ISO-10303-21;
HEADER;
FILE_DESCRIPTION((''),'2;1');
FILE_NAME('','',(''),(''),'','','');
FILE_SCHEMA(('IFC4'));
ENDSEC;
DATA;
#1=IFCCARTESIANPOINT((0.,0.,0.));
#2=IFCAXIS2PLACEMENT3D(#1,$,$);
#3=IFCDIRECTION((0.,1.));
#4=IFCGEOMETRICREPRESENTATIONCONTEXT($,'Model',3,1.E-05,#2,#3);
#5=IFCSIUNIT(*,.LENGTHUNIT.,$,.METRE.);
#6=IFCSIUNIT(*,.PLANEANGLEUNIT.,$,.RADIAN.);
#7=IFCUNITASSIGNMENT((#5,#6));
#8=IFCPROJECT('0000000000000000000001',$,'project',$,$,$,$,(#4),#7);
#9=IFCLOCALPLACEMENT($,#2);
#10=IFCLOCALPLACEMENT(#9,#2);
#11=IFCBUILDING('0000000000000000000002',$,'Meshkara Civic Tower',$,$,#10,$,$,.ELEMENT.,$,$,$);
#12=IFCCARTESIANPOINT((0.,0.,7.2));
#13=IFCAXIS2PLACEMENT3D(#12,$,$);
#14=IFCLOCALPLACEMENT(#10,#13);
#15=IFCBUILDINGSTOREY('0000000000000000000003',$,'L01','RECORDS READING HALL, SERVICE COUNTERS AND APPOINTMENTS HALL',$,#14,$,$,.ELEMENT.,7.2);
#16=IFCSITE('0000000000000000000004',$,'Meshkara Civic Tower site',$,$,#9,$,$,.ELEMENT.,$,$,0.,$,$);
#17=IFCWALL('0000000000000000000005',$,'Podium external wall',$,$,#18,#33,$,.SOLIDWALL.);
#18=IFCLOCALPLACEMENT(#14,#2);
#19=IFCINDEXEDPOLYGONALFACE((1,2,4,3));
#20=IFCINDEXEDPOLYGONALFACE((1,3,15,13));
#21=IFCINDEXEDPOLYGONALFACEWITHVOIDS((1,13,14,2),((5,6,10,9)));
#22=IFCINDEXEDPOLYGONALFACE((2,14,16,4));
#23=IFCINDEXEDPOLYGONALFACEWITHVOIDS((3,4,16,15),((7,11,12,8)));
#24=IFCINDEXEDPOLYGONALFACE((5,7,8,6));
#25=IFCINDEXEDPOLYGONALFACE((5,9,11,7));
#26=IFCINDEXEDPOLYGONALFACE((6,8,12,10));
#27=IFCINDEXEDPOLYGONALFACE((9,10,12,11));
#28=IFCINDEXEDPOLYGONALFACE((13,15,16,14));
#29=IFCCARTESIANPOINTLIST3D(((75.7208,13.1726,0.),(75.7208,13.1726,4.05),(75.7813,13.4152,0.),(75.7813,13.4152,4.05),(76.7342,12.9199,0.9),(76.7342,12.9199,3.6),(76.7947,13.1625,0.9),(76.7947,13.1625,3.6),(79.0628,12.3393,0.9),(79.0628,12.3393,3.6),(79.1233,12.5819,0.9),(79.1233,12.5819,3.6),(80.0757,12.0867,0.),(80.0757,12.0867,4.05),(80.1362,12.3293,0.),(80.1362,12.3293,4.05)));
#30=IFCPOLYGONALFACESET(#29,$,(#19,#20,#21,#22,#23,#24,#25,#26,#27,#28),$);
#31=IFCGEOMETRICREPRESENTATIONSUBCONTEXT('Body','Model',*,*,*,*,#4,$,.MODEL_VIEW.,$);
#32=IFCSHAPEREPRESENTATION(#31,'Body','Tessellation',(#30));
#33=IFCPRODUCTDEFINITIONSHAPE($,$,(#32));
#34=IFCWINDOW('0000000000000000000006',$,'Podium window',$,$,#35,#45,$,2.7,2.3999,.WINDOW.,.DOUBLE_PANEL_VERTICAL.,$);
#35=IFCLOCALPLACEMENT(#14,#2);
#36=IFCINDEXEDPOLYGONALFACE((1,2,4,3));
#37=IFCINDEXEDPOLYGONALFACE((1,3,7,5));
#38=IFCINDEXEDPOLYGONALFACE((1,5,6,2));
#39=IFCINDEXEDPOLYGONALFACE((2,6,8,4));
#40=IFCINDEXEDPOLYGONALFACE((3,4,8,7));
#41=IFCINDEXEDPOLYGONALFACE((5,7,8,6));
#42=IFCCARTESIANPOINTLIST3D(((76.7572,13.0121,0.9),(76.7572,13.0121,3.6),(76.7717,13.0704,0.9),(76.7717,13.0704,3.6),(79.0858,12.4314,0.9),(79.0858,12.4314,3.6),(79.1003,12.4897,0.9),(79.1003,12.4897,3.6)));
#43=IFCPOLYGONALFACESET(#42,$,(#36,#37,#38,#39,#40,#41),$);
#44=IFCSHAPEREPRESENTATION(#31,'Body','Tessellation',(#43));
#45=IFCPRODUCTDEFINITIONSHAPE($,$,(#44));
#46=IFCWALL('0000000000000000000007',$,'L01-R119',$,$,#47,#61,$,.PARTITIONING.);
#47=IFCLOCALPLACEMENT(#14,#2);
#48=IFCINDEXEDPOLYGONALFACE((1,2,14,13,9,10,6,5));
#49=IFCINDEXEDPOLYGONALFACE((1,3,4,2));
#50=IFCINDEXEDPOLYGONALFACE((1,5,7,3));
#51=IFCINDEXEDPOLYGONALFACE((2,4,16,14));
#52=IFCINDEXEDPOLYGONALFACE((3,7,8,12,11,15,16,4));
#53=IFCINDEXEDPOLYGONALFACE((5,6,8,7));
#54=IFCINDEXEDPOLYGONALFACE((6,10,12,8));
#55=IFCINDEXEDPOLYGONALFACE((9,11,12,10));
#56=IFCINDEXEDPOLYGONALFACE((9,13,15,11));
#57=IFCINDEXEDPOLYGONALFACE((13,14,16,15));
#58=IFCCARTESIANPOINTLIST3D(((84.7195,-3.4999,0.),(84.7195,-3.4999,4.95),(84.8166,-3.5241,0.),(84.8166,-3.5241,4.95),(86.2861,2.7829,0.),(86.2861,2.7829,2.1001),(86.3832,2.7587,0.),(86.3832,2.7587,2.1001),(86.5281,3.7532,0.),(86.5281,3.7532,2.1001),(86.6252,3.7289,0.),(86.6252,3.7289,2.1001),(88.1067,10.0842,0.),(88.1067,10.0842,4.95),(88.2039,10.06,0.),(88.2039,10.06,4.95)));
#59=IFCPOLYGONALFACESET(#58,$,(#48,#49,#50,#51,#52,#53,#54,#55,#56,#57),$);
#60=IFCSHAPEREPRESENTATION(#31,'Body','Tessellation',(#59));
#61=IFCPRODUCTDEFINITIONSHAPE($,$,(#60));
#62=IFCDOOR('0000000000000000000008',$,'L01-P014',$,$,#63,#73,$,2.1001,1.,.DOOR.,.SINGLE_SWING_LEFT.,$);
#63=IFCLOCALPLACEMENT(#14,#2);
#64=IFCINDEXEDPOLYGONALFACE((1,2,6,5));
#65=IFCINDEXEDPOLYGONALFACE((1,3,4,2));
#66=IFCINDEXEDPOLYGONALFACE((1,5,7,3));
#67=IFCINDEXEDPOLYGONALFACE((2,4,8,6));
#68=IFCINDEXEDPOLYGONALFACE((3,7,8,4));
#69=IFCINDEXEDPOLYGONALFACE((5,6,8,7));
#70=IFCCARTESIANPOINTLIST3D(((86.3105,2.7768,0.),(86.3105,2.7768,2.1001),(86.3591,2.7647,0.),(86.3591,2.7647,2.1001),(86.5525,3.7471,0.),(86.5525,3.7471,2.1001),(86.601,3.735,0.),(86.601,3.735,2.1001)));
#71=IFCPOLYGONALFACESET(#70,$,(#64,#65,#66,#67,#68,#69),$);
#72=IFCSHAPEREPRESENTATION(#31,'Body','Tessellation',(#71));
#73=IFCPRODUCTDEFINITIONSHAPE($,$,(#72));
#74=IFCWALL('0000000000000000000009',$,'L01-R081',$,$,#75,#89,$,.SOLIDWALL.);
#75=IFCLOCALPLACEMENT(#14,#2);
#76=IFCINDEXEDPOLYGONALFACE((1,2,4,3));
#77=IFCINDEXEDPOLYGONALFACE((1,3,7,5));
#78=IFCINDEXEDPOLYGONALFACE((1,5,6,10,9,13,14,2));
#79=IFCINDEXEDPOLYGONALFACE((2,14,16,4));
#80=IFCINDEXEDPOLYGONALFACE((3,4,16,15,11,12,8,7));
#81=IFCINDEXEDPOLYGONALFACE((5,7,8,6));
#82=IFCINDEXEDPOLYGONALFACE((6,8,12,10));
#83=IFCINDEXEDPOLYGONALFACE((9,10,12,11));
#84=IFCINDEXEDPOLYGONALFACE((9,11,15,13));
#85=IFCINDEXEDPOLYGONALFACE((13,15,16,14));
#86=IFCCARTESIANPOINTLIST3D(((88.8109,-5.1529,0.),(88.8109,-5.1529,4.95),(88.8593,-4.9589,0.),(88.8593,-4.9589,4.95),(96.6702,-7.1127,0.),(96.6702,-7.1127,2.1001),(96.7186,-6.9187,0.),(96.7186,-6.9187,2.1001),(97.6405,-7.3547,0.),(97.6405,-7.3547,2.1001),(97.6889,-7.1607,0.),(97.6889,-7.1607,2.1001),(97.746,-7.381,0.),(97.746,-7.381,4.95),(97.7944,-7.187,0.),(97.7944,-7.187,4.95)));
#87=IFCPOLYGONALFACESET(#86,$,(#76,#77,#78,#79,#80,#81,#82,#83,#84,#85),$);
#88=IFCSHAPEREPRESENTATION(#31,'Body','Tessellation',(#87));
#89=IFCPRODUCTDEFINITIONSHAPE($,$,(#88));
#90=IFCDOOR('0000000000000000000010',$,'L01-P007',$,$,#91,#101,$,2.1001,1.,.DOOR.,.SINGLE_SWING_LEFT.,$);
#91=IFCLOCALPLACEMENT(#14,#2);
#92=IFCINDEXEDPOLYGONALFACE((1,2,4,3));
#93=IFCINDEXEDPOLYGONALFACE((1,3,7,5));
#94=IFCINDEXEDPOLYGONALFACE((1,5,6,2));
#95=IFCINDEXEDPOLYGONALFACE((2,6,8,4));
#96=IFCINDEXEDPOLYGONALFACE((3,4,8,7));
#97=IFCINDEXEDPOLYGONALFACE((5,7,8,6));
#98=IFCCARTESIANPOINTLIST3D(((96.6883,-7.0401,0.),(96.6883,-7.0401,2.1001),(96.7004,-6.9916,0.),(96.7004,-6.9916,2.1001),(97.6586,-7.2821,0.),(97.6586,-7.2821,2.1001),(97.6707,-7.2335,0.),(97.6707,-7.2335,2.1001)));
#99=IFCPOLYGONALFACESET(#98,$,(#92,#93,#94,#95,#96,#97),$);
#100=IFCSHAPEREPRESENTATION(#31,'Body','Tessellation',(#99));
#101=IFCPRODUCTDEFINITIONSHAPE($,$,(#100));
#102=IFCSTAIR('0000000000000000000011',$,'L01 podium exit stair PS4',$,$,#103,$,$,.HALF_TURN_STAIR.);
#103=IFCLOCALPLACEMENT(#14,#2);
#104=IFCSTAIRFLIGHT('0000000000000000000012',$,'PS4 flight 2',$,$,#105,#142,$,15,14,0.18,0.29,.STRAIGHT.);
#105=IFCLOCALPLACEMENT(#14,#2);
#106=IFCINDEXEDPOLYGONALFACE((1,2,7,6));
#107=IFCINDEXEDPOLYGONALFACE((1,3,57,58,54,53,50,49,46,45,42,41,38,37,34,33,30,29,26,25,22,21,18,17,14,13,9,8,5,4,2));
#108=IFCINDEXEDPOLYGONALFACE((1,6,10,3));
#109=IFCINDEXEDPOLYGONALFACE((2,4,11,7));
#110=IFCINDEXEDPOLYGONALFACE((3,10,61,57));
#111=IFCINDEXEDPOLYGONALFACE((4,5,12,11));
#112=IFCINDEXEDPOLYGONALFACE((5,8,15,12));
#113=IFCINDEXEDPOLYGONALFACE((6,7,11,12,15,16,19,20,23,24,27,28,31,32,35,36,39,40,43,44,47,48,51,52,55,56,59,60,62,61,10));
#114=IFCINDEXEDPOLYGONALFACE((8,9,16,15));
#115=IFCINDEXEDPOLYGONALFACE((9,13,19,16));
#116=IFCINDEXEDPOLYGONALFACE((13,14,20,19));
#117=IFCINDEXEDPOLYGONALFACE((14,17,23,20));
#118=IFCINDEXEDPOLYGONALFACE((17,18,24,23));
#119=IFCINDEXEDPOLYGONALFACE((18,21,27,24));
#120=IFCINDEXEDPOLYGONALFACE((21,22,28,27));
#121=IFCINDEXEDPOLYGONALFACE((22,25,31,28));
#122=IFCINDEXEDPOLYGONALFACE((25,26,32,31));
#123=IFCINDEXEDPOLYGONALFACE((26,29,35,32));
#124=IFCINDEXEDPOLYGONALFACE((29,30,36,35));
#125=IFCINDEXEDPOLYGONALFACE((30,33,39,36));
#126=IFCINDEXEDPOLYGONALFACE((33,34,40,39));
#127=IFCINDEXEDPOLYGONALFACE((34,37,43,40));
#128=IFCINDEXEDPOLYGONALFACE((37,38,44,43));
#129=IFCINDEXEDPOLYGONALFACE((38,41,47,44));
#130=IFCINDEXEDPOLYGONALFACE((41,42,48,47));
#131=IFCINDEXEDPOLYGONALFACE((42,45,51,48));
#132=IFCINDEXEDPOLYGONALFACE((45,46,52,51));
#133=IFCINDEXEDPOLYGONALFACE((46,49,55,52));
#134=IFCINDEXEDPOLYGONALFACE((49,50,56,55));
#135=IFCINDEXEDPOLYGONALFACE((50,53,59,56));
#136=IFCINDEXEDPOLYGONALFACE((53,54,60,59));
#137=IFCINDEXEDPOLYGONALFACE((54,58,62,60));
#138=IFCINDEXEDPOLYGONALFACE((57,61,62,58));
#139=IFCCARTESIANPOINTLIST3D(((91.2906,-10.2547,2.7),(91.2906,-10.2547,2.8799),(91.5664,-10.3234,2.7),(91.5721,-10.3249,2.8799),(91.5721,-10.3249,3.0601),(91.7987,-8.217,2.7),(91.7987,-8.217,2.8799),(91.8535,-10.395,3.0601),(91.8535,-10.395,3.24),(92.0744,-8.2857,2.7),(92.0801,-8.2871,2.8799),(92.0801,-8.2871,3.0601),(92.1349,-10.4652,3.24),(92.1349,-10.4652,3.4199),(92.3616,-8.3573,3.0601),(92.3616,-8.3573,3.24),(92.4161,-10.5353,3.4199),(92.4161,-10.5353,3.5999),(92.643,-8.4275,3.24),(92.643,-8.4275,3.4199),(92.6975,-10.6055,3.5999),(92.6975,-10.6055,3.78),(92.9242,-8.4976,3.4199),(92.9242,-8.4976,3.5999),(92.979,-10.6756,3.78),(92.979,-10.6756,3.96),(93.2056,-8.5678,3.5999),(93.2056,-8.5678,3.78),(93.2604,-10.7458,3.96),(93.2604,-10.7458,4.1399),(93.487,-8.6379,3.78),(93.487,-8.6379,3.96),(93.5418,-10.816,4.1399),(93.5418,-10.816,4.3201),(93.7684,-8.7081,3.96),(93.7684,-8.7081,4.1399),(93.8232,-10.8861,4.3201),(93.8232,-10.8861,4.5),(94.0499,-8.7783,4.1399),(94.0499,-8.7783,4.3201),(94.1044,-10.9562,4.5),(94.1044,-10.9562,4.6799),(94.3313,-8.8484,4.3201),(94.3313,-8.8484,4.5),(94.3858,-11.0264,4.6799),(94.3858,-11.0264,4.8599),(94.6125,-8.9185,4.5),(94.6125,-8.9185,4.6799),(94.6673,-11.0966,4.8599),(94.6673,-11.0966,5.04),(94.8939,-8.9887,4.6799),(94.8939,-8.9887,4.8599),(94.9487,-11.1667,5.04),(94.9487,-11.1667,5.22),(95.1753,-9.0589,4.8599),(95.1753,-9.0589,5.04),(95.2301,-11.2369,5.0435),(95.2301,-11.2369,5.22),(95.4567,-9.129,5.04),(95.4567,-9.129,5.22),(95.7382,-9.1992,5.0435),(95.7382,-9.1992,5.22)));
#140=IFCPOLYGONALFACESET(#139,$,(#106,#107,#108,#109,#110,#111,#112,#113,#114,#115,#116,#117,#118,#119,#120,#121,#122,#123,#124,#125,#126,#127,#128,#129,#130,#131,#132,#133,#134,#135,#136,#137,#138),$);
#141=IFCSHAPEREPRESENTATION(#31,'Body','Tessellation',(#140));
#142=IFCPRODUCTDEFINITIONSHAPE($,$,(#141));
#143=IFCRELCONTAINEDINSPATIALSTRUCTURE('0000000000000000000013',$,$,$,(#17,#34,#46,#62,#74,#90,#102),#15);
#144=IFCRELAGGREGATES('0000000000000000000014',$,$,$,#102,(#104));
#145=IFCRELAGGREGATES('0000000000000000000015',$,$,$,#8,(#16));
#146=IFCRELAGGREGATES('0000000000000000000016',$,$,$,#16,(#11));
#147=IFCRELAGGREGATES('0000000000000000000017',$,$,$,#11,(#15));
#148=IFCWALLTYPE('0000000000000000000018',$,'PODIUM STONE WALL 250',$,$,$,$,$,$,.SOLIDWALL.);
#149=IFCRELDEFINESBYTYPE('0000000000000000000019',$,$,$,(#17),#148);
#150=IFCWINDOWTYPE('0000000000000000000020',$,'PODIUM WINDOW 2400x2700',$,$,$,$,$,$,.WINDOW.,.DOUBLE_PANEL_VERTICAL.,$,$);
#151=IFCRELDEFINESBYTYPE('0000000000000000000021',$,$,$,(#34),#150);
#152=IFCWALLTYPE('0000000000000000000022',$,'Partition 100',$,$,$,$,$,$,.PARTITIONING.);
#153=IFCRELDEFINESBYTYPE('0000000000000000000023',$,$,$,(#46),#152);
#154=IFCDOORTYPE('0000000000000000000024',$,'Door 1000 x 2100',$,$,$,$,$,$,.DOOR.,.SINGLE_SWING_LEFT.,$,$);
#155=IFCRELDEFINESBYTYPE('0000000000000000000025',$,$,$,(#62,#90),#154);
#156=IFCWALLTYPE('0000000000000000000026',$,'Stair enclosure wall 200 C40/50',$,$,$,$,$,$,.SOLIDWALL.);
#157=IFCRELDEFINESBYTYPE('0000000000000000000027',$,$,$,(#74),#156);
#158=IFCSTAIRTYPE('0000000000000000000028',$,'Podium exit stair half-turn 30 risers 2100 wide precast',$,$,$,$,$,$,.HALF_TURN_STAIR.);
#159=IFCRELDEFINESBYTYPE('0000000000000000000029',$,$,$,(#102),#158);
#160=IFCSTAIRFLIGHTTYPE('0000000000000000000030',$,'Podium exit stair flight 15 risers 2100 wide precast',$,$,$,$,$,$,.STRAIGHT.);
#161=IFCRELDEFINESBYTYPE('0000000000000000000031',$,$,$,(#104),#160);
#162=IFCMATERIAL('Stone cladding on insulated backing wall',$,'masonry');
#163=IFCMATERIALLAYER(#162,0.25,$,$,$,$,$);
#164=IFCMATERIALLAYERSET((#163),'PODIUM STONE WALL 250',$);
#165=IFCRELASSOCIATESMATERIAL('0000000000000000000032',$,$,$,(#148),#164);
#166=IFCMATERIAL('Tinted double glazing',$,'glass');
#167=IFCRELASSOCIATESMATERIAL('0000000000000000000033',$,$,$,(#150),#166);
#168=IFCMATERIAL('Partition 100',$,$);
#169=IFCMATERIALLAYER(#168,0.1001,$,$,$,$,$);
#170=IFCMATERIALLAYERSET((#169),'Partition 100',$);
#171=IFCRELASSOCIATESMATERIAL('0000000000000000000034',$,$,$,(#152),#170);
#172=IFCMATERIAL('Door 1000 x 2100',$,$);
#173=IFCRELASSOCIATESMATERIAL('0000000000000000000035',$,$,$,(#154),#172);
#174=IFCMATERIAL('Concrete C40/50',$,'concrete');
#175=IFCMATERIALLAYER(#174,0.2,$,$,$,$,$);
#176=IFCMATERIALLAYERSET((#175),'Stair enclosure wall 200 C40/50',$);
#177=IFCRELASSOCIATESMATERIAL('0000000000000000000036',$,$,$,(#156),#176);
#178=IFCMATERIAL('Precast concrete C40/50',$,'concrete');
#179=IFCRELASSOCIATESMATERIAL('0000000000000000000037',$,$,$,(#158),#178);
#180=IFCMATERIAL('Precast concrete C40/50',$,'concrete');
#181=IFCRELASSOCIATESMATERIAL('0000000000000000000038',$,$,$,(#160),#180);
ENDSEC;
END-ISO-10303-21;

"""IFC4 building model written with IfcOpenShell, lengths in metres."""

from ifc_helpers import new_model, si_unit, direction, frame, frame_2d, origin, place, context, subcontext, project, spatial, polyline, rectangle, outline, extrude, material, layer, layer_set, type_object, element, fill, aggregate, save


model = new_model("IFC4")

# Units and contexts
model_context = context("Model", 3, precision=1e-05, world=origin(), true_north=direction((0.0, 1.0)))
body_context = subcontext(model_context, "Body", "Model", "MODEL_VIEW")
ifc_project = project(units=[si_unit("LENGTHUNIT", "METRE"), si_unit("PLANEANGLEUNIT", "RADIAN")], contexts=[model_context])

# Site, building, storey
site_placement = place(None, origin())
site = spatial("IfcSite", under=ifc_project, at=site_placement, Name="Meshkara Civic Tower site", CompositionType="ELEMENT", RefElevation=0.0)
building_placement = place(site_placement, origin())
building = spatial("IfcBuilding", under=site, at=building_placement, Name="Meshkara Civic Tower", CompositionType="ELEMENT")
storey_placement = place(building_placement, frame((0.0, 0.0, 7.2)))
storey = spatial("IfcBuildingStorey", under=building, at=storey_placement, Name="L01", Description="RECORDS READING HALL, SERVICE COUNTERS AND APPOINTMENTS HALL", CompositionType="ELEMENT", Elevation=7.2)

# Wall, opening, window
ifc_material_1 = material(Name="Stone cladding on insulated backing wall", Category="masonry")
ifc_layer_1 = layer(ifc_material_1, 0.25)
ifc_layer_set_1 = layer_set([ifc_layer_1], Name="PODIUM STONE WALL 250")
wall_type_1 = type_object("IfcWallType", Name="PODIUM STONE WALL 250", PredefinedType="SOLIDWALL", material=ifc_layer_set_1)
ifc_material_2 = material(Name="Tinted double glazing", Category="glass")
window_type = type_object("IfcWindowType", Name="PODIUM WINDOW 2400x2700", PartitioningType="DOUBLE_PANEL_VERTICAL", PredefinedType="WINDOW", material=ifc_material_2)
wall_1_placement = place(storey_placement, frame((80.106, 12.208, 0.0), z_axis=(0.0, 0.0, 1.0), x_axis=(-0.97029, 0.241947, 0.0)))
wall_1 = element("IfcWall", 1, at=wall_1_placement, inside=storey, type_object=wall_type_1, Name="Podium external wall", PredefinedType="SOLIDWALL", context=body_context, shape_type="SweptSolid", body=[
    extrude(rectangle(XDim=4.4883, YDim=0.25, at=frame_2d((2.2441, 0.0))), origin(), (0.0, 0.0, 1.0), 4.05),
])
opening_1_placement = place(wall_1_placement, frame((1.0439, 0.0, 0.8999)))
opening_1 = element("IfcOpeningElement", 2, at=opening_1_placement, cuts=wall_1, PredefinedType="OPENING", context=body_context, shape_type="SweptSolid", body=[
    extrude(rectangle(XDim=2.3999, YDim=2.7, at=frame_2d((1.2, 1.3501))), frame((0.0, 0.135, 0.0), z_axis=(0.0, -1.0, 0.0), x_axis=(1.0, 0.0, 0.0)), (0.0, 0.0, 1.0), 0.27),
])
window_1_placement = place(opening_1_placement, origin())
window_1 = element("IfcWindow", 3, at=window_1_placement, inside=storey, type_object=window_type, Name="Podium window", OverallHeight=2.7, OverallWidth=2.3999, PartitioningType="DOUBLE_PANEL_VERTICAL", PredefinedType="WINDOW", context=body_context, shape_type="SweptSolid", body=[
    extrude(rectangle(XDim=2.3999, YDim=2.7, at=frame_2d((1.2, 1.3501))), frame((0.0, 0.03, 0.0), z_axis=(0.0, -1.0, 0.0), x_axis=(1.0, 0.0, 0.0)), (0.0, 0.0, 1.0), 0.0601),
])
fill(opening_1, window_1)

# Walls, openings, doors
ifc_material_3 = material(Name="Partition 100")
ifc_layer_2 = layer(ifc_material_3, 0.1001)
ifc_layer_set_2 = layer_set([ifc_layer_2], Name="Partition 100")
wall_type_2 = type_object("IfcWallType", Name="Partition 100", PredefinedType="PARTITIONING", material=ifc_layer_set_2)
wall_2_placement = place(storey_placement, frame((84.7681, -3.512, 0.0), z_axis=(0.0, 0.0, 1.0), x_axis=(0.241945, 0.97029, 0.0)))
wall_2 = element("IfcWall", 4, at=wall_2_placement, inside=storey, type_object=wall_type_2, Name="L01-R119", PredefinedType="PARTITIONING", context=body_context, shape_type="SweptSolid", body=[
    extrude(rectangle(XDim=14.0, YDim=0.1001, at=frame_2d((7.0, 0.0))), origin(), (0.0, 0.0, 1.0), 4.95),
])
opening_2_placement = place(wall_2_placement, frame((6.4751, 0.0, 0.0)))
opening_2 = element("IfcOpeningElement", 5, at=opening_2_placement, cuts=wall_2, PredefinedType="OPENING", context=body_context, shape_type="SweptSolid", body=[
    extrude(rectangle(XDim=1.0, YDim=2.1001, at=frame_2d((0.5, 1.05))), frame((0.0, 0.0601, 0.0), z_axis=(0.0, -1.0, 0.0), x_axis=(1.0, 0.0, 0.0)), (0.0, 0.0, 1.0), 0.1201),
])
ifc_material_4 = material(Name="Door 1000 x 2100")
door_type = type_object("IfcDoorType", Name="Door 1000 x 2100", OperationType="SINGLE_SWING_LEFT", PredefinedType="DOOR", material=ifc_material_4)
door_1_placement = place(opening_2_placement, origin())
door_1 = element("IfcDoor", 6, at=door_1_placement, inside=storey, type_object=door_type, Name="L01-P014", OperationType="SINGLE_SWING_LEFT", OverallHeight=2.1001, OverallWidth=1.0, PredefinedType="DOOR", context=body_context, shape_type="SweptSolid", body=[
    extrude(rectangle(XDim=1.0, YDim=2.1001, at=frame_2d((0.5, 1.05))), frame((0.0, 0.0249, 0.0), z_axis=(0.0, -1.0, 0.0), x_axis=(1.0, 0.0, 0.0)), (0.0, 0.0, 1.0), 0.05),
])
fill(opening_2, door_1)
ifc_material_5 = material(Name="Concrete C40/50", Category="concrete")
ifc_layer_3 = layer(ifc_material_5, 0.2)
ifc_layer_set_3 = layer_set([ifc_layer_3], Name="Stair enclosure wall 200 C40/50")
wall_type_3 = type_object("IfcWallType", Name="Stair enclosure wall 200 C40/50", PredefinedType="SOLIDWALL", material=ifc_layer_set_3)
wall_3_placement = place(storey_placement, frame((88.835, -5.0559, 0.0), z_axis=(0.0, 0.0, 1.0), x_axis=(0.970289, -0.241949, 0.0)))
wall_3 = element("IfcWall", 7, at=wall_3_placement, inside=storey, type_object=wall_type_3, Name="L01-R081", PredefinedType="SOLIDWALL", context=body_context, shape_type="SweptSolid", body=[
    extrude(rectangle(XDim=9.2087, YDim=0.2, at=frame_2d((4.6045, 0.0))), origin(), (0.0, 0.0, 1.0), 4.95),
])
opening_3_placement = place(wall_3_placement, frame((8.1001, 0.0, 0.0)))
opening_3 = element("IfcOpeningElement", 8, at=opening_3_placement, cuts=wall_3, PredefinedType="OPENING", context=body_context, shape_type="SweptSolid", body=[
    extrude(rectangle(XDim=1.0, YDim=2.1001, at=frame_2d((0.5, 1.05))), frame((0.0, 0.1099, 0.0), z_axis=(0.0, -1.0, 0.0), x_axis=(1.0, 0.0, 0.0)), (0.0, 0.0, 1.0), 0.22),
])
door_2_placement = place(opening_3_placement, origin())
door_2 = element("IfcDoor", 9, at=door_2_placement, inside=storey, type_object=door_type, Name="L01-P007", OperationType="SINGLE_SWING_LEFT", OverallHeight=2.1001, OverallWidth=1.0, PredefinedType="DOOR", context=body_context, shape_type="SweptSolid", body=[
    extrude(rectangle(XDim=1.0, YDim=2.1001, at=frame_2d((0.5, 1.05))), frame((0.0, 0.0249, 0.0), z_axis=(0.0, -1.0, 0.0), x_axis=(1.0, 0.0, 0.0)), (0.0, 0.0, 1.0), 0.05),
])
fill(opening_3, door_2)

# Stair, stair flight
ifc_material_6 = material(Name="Precast concrete C40/50", Category="concrete")
stair_type = type_object("IfcStairType", Name="Podium exit stair half-turn 30 risers 2100 wide precast", PredefinedType="HALF_TURN_STAIR", material=ifc_material_6)
stair_placement = place(storey_placement, origin())
stair = element("IfcStair", 10, at=stair_placement, inside=storey, type_object=stair_type, Name="L01 podium exit stair PS4", PredefinedType="HALF_TURN_STAIR")
ifc_material_7 = material(Name="Precast concrete C40/50", Category="concrete")
stair_flight_type = type_object("IfcStairFlightType", Name="Podium exit stair flight 15 risers 2100 wide precast", PredefinedType="STRAIGHT", material=ifc_material_7)
stair_flight_placement = place(storey_placement, frame((91.5447, -9.2358, 2.7), z_axis=(0.0, 0.0, 1.0), x_axis=(0.970296, -0.241922, 0.0)))
stair_flight = element("IfcStairFlight", 11, at=stair_flight_placement, type_object=stair_flight_type, Name="PS4 flight 2", NumberOfRisers=15, NumberOfTreads=14, PredefinedType="STRAIGHT", RiserHeight=0.18, TreadLength=0.29, context=body_context, shape_type="SweptSolid", body=[
    extrude(outline(polyline([(0.0, 0.0), (0.0, 0.1799), (0.29, 0.1799), (0.29, 0.3601), (0.5801, 0.3601), (0.5801, 0.54), (0.8701, 0.54), (0.8701, 0.72), (1.1599, 0.72), (1.1599, 0.8999), (1.45, 0.8999), (1.45, 1.0801), (1.74, 1.0801), (1.74, 1.26), (2.03, 1.26), (2.03, 1.4399), (2.3201, 1.4399), (2.3201, 1.6201), (2.6101, 1.6201), (2.6101, 1.8), (2.8999, 1.8), (2.8999, 1.98), (3.1899, 1.98), (3.1899, 2.1599), (3.48, 2.1599), (3.48, 2.3401), (3.77, 2.3401), (3.77, 2.52), (4.0601, 2.52), (4.0601, 2.7), (4.0601, 2.3435), (0.2842, 0.0), (0.0, 0.0)])), frame((0.0, 1.05, 0.0), z_axis=(0.0, -1.0, 0.0), x_axis=(1.0, 0.0, 0.0)), (0.0, 0.0, 1.0), 2.1001),
])
aggregate(stair, [stair_flight])

save(model, "model.ifc")
